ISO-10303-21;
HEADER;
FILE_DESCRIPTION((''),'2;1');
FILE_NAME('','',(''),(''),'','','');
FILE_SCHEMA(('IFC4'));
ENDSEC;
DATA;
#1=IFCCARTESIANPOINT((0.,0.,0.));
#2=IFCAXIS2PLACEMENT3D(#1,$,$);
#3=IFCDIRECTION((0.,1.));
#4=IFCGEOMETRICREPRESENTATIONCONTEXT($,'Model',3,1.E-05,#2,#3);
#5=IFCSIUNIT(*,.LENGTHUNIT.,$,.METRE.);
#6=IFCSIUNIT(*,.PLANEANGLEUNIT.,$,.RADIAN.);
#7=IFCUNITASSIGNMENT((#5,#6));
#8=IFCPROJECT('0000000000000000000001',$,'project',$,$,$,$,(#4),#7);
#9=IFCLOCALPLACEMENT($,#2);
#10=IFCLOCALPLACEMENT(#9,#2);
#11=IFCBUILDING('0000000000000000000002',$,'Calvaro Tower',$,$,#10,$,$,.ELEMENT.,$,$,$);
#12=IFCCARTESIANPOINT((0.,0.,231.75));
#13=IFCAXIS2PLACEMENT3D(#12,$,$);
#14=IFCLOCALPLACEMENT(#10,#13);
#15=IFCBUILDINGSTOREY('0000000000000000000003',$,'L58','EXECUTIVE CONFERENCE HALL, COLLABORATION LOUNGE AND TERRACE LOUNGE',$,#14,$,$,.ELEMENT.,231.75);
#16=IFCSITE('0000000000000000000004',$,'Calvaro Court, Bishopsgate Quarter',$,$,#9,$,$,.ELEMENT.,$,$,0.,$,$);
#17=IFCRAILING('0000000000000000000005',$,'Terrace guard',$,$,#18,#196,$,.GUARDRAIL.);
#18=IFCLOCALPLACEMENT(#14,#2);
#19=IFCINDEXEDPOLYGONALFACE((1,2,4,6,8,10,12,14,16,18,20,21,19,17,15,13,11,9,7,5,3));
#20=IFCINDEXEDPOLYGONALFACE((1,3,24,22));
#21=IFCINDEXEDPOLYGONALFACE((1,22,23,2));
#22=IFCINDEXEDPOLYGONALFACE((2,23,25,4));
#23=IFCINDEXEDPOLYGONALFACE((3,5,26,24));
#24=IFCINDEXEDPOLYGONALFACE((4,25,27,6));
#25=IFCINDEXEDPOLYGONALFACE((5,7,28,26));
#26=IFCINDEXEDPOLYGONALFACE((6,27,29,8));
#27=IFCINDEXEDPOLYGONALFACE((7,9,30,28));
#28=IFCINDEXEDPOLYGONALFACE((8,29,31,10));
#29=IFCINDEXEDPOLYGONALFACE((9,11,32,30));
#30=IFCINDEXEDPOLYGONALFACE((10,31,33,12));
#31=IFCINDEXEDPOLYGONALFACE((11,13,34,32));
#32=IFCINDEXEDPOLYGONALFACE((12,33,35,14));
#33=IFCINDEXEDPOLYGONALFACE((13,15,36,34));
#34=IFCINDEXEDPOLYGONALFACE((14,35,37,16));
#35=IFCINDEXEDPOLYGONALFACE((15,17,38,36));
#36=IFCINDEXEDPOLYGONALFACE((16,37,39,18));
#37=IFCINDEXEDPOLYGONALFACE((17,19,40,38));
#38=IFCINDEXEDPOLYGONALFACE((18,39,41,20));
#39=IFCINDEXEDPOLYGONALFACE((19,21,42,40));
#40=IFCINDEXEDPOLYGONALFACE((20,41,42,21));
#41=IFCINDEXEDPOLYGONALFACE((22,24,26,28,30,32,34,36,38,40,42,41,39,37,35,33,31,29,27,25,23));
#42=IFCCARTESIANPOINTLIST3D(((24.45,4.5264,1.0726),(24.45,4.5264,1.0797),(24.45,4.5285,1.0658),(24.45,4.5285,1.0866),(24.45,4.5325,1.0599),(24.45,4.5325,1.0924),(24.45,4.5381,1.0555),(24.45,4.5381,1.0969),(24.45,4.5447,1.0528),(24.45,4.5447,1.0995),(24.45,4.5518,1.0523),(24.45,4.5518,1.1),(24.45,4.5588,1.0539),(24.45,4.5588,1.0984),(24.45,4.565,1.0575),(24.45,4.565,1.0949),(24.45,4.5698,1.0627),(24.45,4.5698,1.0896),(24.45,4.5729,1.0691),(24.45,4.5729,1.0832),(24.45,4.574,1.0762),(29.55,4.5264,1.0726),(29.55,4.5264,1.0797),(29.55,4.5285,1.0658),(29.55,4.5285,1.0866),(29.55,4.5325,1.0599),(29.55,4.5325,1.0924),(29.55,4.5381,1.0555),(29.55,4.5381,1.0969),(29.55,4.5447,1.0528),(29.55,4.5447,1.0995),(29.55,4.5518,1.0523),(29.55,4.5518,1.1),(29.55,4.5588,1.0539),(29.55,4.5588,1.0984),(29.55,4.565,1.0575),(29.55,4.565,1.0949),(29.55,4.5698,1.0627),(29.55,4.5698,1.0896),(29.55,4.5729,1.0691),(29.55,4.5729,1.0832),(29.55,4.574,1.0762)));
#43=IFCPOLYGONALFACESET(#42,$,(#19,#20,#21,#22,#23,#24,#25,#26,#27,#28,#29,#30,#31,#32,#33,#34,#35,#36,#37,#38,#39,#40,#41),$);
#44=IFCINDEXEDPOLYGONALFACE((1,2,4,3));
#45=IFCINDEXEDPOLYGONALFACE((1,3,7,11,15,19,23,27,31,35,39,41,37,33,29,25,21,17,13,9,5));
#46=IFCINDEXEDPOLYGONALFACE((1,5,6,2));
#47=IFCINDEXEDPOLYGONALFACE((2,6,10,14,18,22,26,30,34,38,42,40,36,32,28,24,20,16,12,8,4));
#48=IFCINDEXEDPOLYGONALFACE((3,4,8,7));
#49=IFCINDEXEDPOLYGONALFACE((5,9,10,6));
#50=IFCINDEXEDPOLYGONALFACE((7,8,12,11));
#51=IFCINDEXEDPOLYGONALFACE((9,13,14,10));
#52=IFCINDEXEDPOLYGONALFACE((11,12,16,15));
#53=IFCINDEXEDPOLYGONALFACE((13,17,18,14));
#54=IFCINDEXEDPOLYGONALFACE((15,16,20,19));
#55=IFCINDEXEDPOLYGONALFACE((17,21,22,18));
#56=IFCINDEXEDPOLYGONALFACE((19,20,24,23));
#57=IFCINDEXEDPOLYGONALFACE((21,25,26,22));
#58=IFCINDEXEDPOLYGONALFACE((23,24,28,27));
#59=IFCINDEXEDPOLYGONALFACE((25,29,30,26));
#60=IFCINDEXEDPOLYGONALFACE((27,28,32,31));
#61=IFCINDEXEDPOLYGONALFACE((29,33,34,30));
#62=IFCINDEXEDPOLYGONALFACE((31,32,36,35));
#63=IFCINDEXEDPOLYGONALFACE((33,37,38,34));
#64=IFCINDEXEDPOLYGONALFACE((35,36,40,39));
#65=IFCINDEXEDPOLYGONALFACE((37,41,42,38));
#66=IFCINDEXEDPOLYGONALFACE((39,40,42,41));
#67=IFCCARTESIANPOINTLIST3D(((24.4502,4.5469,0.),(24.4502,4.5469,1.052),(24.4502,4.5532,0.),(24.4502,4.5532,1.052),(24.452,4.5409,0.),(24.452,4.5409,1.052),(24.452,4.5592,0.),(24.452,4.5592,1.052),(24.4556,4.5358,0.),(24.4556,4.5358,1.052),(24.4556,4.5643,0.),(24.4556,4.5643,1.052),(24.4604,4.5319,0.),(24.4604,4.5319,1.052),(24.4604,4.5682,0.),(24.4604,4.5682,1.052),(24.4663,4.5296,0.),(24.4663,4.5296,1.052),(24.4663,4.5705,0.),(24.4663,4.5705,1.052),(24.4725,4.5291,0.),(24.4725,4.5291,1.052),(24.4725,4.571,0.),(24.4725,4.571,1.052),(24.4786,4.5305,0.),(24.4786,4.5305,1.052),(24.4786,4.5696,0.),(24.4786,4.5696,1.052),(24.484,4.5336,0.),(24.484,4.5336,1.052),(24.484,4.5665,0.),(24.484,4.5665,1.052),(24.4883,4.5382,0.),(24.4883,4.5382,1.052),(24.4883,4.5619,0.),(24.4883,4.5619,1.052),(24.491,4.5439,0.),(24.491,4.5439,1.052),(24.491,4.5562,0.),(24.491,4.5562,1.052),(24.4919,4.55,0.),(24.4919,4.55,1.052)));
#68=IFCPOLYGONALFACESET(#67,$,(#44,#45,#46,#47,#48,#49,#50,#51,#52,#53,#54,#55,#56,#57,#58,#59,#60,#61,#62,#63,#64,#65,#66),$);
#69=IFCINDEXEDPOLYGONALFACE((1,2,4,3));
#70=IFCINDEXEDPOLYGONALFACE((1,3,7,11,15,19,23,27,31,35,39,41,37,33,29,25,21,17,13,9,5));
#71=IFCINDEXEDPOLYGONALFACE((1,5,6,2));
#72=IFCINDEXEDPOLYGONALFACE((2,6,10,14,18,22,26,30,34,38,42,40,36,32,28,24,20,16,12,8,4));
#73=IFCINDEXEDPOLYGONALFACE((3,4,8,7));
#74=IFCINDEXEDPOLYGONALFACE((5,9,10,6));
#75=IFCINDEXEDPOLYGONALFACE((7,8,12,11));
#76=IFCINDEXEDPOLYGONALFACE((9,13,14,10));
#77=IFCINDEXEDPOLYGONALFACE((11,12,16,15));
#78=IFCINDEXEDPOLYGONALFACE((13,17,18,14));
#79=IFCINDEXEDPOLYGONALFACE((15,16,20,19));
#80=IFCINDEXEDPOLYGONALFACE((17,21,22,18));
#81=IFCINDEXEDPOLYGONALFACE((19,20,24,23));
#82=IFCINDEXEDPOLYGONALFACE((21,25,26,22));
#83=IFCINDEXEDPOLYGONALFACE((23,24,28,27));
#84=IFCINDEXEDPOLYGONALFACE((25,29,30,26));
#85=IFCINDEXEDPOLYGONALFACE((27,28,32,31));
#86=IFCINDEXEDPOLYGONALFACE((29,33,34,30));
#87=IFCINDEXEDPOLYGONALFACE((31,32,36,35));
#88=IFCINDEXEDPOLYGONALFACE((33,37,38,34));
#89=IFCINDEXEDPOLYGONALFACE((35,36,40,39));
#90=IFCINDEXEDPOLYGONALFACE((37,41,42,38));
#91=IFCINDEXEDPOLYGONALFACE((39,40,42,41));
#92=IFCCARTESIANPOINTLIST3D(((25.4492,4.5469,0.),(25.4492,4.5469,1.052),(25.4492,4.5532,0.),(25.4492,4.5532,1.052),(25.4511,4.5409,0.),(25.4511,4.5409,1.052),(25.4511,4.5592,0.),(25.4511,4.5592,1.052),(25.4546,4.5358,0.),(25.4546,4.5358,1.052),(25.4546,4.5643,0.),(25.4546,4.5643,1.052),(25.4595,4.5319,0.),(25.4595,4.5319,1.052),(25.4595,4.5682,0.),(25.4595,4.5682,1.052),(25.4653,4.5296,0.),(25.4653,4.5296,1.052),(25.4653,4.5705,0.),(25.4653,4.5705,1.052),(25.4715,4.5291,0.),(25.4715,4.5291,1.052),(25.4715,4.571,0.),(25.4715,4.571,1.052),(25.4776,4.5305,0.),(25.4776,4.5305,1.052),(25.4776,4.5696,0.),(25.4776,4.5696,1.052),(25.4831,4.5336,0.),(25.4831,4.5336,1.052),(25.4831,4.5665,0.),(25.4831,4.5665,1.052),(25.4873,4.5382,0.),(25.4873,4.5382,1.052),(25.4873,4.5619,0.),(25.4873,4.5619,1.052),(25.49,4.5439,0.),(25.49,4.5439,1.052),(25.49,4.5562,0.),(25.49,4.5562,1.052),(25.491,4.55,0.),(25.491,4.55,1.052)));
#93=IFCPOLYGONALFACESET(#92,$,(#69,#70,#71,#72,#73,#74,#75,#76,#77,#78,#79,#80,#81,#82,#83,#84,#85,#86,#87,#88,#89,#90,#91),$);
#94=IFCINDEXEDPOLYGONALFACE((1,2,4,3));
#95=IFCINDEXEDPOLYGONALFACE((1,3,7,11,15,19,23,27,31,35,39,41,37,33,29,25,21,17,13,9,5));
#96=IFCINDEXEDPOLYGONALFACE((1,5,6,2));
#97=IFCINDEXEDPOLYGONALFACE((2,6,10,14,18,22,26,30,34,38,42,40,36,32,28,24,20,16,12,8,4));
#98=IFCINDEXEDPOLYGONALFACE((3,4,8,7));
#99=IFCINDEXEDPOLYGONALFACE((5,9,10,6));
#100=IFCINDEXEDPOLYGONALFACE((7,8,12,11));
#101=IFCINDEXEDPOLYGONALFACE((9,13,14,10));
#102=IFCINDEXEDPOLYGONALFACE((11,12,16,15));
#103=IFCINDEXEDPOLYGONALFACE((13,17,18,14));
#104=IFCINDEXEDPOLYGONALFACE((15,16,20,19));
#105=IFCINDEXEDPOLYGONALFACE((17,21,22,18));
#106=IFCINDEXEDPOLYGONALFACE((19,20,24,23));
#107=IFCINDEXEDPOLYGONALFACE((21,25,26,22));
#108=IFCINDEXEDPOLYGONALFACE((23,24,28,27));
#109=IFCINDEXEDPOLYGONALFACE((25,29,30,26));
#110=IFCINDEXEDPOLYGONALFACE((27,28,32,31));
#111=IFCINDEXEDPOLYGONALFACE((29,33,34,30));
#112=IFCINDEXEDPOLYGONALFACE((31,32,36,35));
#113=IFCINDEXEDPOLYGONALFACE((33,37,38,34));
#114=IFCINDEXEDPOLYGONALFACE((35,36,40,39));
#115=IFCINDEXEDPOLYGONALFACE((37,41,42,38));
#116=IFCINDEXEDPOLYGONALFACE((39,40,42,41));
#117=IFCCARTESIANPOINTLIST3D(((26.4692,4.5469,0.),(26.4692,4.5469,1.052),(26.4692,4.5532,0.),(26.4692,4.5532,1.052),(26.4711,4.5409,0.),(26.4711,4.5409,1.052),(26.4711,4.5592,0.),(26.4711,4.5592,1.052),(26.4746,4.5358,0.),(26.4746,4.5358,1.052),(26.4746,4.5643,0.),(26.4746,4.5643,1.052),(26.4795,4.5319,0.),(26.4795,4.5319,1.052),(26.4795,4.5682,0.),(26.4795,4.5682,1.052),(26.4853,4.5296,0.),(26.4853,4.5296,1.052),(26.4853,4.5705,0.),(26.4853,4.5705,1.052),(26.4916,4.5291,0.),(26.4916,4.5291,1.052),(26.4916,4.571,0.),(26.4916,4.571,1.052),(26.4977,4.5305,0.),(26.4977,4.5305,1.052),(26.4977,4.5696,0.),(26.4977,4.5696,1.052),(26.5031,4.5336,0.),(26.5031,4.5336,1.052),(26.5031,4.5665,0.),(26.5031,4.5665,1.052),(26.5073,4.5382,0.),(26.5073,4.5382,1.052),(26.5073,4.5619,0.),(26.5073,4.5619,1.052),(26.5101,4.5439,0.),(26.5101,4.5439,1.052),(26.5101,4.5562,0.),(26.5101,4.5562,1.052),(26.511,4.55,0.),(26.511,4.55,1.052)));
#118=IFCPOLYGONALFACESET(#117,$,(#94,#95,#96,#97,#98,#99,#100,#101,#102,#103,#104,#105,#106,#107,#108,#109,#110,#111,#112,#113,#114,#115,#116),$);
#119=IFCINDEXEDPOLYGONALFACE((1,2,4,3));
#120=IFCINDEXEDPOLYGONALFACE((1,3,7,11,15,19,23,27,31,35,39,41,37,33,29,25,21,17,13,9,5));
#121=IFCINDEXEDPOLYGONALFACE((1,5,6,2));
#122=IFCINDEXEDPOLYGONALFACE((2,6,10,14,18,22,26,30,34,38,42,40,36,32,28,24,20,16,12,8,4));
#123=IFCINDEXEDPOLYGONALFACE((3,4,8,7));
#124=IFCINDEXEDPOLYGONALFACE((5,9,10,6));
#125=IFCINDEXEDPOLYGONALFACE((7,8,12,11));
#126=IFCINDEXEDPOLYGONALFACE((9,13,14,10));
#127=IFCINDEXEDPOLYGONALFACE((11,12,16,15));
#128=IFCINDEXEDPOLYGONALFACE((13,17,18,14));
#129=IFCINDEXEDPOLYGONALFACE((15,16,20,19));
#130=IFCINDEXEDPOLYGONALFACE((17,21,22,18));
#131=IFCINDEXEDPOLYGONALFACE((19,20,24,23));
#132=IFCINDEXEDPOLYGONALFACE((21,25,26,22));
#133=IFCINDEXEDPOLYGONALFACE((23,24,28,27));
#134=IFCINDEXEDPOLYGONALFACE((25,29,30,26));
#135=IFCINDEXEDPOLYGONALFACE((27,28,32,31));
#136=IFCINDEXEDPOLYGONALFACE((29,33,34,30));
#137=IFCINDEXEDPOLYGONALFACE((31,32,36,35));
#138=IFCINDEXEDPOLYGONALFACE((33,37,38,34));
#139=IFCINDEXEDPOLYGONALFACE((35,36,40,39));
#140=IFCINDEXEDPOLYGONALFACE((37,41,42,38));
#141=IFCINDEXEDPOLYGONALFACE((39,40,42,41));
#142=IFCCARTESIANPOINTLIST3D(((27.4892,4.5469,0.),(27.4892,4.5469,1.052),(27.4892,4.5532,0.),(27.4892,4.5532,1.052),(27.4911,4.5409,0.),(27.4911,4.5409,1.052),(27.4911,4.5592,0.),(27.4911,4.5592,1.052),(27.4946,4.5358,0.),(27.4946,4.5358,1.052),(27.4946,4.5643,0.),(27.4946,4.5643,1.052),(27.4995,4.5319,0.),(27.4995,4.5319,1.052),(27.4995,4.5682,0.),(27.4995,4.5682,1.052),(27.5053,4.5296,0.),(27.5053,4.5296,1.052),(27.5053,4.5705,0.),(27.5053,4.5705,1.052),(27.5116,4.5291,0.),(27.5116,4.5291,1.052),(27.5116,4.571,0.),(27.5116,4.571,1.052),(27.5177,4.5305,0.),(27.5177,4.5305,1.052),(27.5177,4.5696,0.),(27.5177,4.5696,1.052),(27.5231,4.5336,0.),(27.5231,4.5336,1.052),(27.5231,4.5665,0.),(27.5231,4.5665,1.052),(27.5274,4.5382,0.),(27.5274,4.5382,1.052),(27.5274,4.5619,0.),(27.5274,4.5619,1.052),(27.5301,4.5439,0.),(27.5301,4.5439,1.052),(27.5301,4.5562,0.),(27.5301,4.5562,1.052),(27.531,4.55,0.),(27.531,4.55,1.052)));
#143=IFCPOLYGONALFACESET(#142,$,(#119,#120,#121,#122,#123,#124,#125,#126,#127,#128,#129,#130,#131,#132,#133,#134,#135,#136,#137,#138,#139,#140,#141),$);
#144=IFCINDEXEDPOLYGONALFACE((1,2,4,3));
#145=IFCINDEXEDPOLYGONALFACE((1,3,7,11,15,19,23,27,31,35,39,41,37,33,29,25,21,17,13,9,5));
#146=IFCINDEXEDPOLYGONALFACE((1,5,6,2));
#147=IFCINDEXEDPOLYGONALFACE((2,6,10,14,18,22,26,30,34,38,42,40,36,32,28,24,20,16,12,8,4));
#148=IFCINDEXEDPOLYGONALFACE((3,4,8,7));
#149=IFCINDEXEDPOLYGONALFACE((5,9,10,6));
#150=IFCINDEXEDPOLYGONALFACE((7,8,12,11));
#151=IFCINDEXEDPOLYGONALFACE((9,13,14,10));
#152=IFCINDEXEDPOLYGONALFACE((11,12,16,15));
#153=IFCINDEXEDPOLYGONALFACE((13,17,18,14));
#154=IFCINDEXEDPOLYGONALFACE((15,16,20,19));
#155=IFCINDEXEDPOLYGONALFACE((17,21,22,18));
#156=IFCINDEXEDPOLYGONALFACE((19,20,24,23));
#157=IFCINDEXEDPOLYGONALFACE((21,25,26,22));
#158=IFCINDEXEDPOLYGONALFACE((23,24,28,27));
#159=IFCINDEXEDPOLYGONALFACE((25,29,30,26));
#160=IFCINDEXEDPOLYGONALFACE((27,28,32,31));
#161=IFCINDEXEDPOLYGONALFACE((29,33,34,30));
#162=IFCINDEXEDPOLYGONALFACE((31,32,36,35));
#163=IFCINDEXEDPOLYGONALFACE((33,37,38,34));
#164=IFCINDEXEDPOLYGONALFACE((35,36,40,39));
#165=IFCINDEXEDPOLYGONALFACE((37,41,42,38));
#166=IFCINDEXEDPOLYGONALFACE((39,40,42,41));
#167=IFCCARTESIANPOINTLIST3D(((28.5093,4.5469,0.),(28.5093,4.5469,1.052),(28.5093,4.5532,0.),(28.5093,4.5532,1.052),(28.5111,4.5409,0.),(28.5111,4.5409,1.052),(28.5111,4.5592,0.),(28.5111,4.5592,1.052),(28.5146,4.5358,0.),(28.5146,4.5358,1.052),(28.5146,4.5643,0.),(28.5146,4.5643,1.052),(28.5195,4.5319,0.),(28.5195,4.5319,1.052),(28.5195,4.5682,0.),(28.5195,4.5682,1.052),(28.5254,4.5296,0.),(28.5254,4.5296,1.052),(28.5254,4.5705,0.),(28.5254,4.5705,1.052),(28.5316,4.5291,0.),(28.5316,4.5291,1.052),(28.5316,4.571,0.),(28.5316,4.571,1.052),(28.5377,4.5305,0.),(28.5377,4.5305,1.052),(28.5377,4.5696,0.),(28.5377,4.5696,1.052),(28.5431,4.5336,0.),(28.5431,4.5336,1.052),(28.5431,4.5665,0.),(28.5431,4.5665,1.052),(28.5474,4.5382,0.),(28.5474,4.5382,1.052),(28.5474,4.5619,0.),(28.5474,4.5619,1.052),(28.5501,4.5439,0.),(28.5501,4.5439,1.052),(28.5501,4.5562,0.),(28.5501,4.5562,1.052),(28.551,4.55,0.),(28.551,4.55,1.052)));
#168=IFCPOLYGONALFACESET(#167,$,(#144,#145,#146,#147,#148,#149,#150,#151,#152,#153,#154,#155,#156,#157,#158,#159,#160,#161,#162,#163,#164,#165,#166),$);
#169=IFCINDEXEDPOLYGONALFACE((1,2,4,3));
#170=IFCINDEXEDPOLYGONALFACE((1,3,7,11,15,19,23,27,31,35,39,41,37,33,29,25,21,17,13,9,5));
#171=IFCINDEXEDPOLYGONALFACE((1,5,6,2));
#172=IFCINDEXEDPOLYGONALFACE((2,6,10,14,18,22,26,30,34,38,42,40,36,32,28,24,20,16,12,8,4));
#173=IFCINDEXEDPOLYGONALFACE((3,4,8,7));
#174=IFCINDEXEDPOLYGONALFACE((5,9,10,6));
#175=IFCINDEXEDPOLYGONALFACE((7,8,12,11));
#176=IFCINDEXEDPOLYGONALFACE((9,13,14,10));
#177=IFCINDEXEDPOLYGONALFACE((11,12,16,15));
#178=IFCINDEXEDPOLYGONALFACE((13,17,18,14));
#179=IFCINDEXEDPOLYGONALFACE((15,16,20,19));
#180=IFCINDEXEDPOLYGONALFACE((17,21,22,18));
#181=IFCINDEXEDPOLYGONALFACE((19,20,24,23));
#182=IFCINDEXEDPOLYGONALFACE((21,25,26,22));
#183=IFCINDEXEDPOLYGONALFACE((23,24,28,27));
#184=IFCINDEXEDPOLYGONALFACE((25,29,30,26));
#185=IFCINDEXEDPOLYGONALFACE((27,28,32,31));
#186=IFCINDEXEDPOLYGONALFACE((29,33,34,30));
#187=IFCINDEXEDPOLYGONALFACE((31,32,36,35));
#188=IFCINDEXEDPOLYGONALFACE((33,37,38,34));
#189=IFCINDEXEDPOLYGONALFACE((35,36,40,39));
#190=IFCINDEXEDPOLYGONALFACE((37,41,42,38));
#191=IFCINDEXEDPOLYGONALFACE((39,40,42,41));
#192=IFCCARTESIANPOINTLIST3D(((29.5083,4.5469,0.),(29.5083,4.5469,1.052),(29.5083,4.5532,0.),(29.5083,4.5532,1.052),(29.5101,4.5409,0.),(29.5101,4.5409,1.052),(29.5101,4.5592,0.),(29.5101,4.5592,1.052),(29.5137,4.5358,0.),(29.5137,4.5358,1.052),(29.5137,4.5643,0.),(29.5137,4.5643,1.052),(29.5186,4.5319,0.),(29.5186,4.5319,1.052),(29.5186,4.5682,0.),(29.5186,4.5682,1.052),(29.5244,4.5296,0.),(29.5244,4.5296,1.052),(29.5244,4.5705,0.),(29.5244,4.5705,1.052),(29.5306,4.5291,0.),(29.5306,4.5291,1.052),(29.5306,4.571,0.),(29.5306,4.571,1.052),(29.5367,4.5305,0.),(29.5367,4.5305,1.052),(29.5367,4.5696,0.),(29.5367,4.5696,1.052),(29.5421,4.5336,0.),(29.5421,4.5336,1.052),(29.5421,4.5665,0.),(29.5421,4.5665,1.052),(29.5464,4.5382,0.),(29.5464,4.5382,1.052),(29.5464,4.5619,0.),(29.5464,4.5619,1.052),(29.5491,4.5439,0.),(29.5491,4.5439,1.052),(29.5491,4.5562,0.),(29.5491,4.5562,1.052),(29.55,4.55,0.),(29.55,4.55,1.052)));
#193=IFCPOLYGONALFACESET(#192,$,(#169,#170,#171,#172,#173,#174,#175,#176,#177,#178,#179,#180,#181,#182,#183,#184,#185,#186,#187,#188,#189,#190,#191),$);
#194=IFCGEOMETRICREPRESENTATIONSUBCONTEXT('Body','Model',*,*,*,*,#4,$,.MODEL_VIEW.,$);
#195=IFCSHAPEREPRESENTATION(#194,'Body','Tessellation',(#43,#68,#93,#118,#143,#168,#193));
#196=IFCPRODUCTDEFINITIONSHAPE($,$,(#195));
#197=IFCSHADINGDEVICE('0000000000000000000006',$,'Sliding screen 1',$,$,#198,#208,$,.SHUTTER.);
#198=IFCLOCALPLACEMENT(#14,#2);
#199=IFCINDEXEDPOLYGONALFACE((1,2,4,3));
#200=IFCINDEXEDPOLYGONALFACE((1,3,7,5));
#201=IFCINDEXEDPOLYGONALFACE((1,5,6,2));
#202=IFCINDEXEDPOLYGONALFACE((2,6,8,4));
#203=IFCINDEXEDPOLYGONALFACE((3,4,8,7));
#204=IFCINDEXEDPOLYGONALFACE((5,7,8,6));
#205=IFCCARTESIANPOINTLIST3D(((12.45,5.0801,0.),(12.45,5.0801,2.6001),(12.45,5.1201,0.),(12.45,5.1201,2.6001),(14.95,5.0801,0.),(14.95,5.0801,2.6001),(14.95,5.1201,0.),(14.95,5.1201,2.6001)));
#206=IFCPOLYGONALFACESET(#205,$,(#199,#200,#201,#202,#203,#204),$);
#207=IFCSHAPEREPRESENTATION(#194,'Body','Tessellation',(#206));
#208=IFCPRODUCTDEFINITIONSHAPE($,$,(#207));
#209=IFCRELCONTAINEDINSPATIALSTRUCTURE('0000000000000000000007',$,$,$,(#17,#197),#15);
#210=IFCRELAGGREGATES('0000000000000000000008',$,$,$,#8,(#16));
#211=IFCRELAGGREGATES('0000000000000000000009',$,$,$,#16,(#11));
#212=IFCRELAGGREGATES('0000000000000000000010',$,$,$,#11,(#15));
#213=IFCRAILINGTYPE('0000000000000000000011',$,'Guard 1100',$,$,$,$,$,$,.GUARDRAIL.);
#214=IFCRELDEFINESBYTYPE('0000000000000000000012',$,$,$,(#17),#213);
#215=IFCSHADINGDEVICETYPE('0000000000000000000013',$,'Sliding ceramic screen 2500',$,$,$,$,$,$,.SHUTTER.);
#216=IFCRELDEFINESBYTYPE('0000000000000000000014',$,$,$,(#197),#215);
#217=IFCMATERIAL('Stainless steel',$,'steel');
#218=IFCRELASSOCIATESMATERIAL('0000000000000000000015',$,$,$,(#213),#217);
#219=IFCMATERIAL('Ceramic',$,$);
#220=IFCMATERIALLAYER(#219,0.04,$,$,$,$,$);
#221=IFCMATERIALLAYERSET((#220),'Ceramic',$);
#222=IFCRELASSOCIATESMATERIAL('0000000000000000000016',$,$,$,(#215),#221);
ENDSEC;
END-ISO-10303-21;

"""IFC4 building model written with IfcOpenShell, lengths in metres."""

from ifc_helpers import new_model, si_unit, direction, frame, origin, origin_2d, place, context, subcontext, project, spatial, rectangle, circle, extrude, material, layer, layer_set, type_object, element, save


model = new_model("IFC4")

# Units and contexts
model_context = context("Model", 3, precision=1e-05, world=origin(), true_north=direction((0.0, 1.0)))
body_context = subcontext(model_context, "Body", "Model", "MODEL_VIEW")
ifc_project = project(units=[si_unit("LENGTHUNIT", "METRE"), si_unit("PLANEANGLEUNIT", "RADIAN")], contexts=[model_context])

# Site, building, storey
site_placement = place(None, origin())
site = spatial("IfcSite", under=ifc_project, at=site_placement, Name="Calvaro Court, Bishopsgate Quarter", CompositionType="ELEMENT", RefElevation=0.0)
building_placement = place(site_placement, origin())
building = spatial("IfcBuilding", under=site, at=building_placement, Name="Calvaro Tower", CompositionType="ELEMENT")
storey_placement = place(building_placement, frame((0.0, 0.0, 231.75)))
storey = spatial("IfcBuildingStorey", under=building, at=storey_placement, Name="L58", Description="EXECUTIVE CONFERENCE HALL, COLLABORATION LOUNGE AND TERRACE LOUNGE", CompositionType="ELEMENT", Elevation=231.75)

# Railing
ifc_material_1 = material(Name="Stainless steel", Category="steel")
railing_type = type_object("IfcRailingType", Name="Guard 1100", PredefinedType="GUARDRAIL", material=ifc_material_1)
railing_1_placement = place(storey_placement, frame((24.45, 4.55, 0.0)))
element("IfcRailing", 1, at=railing_1_placement, inside=storey, type_object=railing_type, Name="Terrace guard", PredefinedType="GUARDRAIL", context=body_context, shape_type="SweptSolid", body=[
    extrude(circle(Radius=0.0239, at=origin_2d()), frame((0.0, 0.0, 1.0762), z_axis=(1.0, 0.0, 0.0), x_axis=(0.0, 1.0, 0.0)), (0.0, 0.0, 1.0), 5.1001),
    extrude(circle(Radius=0.021, at=origin_2d()), frame((0.021, 0.0, 0.0)), (0.0, 0.0, 1.0), 1.052),
    extrude(circle(Radius=0.021, at=origin_2d()), frame((1.02, 0.0, 0.0)), (0.0, 0.0, 1.0), 1.052),
    extrude(circle(Radius=0.021, at=origin_2d()), frame((2.04, 0.0, 0.0)), (0.0, 0.0, 1.0), 1.052),
    extrude(circle(Radius=0.021, at=origin_2d()), frame((3.0601, 0.0, 0.0)), (0.0, 0.0, 1.0), 1.052),
    extrude(circle(Radius=0.021, at=origin_2d()), frame((4.0801, 0.0, 0.0)), (0.0, 0.0, 1.0), 1.052),
    extrude(circle(Radius=0.021, at=origin_2d()), frame((5.0791, 0.0, 0.0)), (0.0, 0.0, 1.0), 1.052),
])

# Shading device
ifc_material_2 = material(Name="Ceramic")
ifc_layer_1 = layer(ifc_material_2, 0.04)
ifc_layer_set_1 = layer_set([ifc_layer_1], Name="Ceramic")
shading_device_type_1 = type_object("IfcShadingDeviceType", Name="Sliding ceramic screen 2500", PredefinedType="SHUTTER", material=ifc_layer_set_1)
for number, where, z_axis, x_axis, name in (
    (2, (13.7, 5.1001, 0.0), (0.0, 0.0, 1.0), (1.0, 0.0, 0.0), "Sliding screen 1"),
):
    element("IfcShadingDevice", number, at=place(storey_placement, frame(where, z_axis=z_axis, x_axis=x_axis)), inside=storey, type_object=shading_device_type_1, Name=name, PredefinedType="SHUTTER", context=body_context, shape_type="SweptSolid", body=[
        extrude(rectangle(XDim=2.5, YDim=0.04, at=origin_2d()), origin(), (0.0, 0.0, 1.0), 2.6001),
    ])

save(model, "model.ifc")
